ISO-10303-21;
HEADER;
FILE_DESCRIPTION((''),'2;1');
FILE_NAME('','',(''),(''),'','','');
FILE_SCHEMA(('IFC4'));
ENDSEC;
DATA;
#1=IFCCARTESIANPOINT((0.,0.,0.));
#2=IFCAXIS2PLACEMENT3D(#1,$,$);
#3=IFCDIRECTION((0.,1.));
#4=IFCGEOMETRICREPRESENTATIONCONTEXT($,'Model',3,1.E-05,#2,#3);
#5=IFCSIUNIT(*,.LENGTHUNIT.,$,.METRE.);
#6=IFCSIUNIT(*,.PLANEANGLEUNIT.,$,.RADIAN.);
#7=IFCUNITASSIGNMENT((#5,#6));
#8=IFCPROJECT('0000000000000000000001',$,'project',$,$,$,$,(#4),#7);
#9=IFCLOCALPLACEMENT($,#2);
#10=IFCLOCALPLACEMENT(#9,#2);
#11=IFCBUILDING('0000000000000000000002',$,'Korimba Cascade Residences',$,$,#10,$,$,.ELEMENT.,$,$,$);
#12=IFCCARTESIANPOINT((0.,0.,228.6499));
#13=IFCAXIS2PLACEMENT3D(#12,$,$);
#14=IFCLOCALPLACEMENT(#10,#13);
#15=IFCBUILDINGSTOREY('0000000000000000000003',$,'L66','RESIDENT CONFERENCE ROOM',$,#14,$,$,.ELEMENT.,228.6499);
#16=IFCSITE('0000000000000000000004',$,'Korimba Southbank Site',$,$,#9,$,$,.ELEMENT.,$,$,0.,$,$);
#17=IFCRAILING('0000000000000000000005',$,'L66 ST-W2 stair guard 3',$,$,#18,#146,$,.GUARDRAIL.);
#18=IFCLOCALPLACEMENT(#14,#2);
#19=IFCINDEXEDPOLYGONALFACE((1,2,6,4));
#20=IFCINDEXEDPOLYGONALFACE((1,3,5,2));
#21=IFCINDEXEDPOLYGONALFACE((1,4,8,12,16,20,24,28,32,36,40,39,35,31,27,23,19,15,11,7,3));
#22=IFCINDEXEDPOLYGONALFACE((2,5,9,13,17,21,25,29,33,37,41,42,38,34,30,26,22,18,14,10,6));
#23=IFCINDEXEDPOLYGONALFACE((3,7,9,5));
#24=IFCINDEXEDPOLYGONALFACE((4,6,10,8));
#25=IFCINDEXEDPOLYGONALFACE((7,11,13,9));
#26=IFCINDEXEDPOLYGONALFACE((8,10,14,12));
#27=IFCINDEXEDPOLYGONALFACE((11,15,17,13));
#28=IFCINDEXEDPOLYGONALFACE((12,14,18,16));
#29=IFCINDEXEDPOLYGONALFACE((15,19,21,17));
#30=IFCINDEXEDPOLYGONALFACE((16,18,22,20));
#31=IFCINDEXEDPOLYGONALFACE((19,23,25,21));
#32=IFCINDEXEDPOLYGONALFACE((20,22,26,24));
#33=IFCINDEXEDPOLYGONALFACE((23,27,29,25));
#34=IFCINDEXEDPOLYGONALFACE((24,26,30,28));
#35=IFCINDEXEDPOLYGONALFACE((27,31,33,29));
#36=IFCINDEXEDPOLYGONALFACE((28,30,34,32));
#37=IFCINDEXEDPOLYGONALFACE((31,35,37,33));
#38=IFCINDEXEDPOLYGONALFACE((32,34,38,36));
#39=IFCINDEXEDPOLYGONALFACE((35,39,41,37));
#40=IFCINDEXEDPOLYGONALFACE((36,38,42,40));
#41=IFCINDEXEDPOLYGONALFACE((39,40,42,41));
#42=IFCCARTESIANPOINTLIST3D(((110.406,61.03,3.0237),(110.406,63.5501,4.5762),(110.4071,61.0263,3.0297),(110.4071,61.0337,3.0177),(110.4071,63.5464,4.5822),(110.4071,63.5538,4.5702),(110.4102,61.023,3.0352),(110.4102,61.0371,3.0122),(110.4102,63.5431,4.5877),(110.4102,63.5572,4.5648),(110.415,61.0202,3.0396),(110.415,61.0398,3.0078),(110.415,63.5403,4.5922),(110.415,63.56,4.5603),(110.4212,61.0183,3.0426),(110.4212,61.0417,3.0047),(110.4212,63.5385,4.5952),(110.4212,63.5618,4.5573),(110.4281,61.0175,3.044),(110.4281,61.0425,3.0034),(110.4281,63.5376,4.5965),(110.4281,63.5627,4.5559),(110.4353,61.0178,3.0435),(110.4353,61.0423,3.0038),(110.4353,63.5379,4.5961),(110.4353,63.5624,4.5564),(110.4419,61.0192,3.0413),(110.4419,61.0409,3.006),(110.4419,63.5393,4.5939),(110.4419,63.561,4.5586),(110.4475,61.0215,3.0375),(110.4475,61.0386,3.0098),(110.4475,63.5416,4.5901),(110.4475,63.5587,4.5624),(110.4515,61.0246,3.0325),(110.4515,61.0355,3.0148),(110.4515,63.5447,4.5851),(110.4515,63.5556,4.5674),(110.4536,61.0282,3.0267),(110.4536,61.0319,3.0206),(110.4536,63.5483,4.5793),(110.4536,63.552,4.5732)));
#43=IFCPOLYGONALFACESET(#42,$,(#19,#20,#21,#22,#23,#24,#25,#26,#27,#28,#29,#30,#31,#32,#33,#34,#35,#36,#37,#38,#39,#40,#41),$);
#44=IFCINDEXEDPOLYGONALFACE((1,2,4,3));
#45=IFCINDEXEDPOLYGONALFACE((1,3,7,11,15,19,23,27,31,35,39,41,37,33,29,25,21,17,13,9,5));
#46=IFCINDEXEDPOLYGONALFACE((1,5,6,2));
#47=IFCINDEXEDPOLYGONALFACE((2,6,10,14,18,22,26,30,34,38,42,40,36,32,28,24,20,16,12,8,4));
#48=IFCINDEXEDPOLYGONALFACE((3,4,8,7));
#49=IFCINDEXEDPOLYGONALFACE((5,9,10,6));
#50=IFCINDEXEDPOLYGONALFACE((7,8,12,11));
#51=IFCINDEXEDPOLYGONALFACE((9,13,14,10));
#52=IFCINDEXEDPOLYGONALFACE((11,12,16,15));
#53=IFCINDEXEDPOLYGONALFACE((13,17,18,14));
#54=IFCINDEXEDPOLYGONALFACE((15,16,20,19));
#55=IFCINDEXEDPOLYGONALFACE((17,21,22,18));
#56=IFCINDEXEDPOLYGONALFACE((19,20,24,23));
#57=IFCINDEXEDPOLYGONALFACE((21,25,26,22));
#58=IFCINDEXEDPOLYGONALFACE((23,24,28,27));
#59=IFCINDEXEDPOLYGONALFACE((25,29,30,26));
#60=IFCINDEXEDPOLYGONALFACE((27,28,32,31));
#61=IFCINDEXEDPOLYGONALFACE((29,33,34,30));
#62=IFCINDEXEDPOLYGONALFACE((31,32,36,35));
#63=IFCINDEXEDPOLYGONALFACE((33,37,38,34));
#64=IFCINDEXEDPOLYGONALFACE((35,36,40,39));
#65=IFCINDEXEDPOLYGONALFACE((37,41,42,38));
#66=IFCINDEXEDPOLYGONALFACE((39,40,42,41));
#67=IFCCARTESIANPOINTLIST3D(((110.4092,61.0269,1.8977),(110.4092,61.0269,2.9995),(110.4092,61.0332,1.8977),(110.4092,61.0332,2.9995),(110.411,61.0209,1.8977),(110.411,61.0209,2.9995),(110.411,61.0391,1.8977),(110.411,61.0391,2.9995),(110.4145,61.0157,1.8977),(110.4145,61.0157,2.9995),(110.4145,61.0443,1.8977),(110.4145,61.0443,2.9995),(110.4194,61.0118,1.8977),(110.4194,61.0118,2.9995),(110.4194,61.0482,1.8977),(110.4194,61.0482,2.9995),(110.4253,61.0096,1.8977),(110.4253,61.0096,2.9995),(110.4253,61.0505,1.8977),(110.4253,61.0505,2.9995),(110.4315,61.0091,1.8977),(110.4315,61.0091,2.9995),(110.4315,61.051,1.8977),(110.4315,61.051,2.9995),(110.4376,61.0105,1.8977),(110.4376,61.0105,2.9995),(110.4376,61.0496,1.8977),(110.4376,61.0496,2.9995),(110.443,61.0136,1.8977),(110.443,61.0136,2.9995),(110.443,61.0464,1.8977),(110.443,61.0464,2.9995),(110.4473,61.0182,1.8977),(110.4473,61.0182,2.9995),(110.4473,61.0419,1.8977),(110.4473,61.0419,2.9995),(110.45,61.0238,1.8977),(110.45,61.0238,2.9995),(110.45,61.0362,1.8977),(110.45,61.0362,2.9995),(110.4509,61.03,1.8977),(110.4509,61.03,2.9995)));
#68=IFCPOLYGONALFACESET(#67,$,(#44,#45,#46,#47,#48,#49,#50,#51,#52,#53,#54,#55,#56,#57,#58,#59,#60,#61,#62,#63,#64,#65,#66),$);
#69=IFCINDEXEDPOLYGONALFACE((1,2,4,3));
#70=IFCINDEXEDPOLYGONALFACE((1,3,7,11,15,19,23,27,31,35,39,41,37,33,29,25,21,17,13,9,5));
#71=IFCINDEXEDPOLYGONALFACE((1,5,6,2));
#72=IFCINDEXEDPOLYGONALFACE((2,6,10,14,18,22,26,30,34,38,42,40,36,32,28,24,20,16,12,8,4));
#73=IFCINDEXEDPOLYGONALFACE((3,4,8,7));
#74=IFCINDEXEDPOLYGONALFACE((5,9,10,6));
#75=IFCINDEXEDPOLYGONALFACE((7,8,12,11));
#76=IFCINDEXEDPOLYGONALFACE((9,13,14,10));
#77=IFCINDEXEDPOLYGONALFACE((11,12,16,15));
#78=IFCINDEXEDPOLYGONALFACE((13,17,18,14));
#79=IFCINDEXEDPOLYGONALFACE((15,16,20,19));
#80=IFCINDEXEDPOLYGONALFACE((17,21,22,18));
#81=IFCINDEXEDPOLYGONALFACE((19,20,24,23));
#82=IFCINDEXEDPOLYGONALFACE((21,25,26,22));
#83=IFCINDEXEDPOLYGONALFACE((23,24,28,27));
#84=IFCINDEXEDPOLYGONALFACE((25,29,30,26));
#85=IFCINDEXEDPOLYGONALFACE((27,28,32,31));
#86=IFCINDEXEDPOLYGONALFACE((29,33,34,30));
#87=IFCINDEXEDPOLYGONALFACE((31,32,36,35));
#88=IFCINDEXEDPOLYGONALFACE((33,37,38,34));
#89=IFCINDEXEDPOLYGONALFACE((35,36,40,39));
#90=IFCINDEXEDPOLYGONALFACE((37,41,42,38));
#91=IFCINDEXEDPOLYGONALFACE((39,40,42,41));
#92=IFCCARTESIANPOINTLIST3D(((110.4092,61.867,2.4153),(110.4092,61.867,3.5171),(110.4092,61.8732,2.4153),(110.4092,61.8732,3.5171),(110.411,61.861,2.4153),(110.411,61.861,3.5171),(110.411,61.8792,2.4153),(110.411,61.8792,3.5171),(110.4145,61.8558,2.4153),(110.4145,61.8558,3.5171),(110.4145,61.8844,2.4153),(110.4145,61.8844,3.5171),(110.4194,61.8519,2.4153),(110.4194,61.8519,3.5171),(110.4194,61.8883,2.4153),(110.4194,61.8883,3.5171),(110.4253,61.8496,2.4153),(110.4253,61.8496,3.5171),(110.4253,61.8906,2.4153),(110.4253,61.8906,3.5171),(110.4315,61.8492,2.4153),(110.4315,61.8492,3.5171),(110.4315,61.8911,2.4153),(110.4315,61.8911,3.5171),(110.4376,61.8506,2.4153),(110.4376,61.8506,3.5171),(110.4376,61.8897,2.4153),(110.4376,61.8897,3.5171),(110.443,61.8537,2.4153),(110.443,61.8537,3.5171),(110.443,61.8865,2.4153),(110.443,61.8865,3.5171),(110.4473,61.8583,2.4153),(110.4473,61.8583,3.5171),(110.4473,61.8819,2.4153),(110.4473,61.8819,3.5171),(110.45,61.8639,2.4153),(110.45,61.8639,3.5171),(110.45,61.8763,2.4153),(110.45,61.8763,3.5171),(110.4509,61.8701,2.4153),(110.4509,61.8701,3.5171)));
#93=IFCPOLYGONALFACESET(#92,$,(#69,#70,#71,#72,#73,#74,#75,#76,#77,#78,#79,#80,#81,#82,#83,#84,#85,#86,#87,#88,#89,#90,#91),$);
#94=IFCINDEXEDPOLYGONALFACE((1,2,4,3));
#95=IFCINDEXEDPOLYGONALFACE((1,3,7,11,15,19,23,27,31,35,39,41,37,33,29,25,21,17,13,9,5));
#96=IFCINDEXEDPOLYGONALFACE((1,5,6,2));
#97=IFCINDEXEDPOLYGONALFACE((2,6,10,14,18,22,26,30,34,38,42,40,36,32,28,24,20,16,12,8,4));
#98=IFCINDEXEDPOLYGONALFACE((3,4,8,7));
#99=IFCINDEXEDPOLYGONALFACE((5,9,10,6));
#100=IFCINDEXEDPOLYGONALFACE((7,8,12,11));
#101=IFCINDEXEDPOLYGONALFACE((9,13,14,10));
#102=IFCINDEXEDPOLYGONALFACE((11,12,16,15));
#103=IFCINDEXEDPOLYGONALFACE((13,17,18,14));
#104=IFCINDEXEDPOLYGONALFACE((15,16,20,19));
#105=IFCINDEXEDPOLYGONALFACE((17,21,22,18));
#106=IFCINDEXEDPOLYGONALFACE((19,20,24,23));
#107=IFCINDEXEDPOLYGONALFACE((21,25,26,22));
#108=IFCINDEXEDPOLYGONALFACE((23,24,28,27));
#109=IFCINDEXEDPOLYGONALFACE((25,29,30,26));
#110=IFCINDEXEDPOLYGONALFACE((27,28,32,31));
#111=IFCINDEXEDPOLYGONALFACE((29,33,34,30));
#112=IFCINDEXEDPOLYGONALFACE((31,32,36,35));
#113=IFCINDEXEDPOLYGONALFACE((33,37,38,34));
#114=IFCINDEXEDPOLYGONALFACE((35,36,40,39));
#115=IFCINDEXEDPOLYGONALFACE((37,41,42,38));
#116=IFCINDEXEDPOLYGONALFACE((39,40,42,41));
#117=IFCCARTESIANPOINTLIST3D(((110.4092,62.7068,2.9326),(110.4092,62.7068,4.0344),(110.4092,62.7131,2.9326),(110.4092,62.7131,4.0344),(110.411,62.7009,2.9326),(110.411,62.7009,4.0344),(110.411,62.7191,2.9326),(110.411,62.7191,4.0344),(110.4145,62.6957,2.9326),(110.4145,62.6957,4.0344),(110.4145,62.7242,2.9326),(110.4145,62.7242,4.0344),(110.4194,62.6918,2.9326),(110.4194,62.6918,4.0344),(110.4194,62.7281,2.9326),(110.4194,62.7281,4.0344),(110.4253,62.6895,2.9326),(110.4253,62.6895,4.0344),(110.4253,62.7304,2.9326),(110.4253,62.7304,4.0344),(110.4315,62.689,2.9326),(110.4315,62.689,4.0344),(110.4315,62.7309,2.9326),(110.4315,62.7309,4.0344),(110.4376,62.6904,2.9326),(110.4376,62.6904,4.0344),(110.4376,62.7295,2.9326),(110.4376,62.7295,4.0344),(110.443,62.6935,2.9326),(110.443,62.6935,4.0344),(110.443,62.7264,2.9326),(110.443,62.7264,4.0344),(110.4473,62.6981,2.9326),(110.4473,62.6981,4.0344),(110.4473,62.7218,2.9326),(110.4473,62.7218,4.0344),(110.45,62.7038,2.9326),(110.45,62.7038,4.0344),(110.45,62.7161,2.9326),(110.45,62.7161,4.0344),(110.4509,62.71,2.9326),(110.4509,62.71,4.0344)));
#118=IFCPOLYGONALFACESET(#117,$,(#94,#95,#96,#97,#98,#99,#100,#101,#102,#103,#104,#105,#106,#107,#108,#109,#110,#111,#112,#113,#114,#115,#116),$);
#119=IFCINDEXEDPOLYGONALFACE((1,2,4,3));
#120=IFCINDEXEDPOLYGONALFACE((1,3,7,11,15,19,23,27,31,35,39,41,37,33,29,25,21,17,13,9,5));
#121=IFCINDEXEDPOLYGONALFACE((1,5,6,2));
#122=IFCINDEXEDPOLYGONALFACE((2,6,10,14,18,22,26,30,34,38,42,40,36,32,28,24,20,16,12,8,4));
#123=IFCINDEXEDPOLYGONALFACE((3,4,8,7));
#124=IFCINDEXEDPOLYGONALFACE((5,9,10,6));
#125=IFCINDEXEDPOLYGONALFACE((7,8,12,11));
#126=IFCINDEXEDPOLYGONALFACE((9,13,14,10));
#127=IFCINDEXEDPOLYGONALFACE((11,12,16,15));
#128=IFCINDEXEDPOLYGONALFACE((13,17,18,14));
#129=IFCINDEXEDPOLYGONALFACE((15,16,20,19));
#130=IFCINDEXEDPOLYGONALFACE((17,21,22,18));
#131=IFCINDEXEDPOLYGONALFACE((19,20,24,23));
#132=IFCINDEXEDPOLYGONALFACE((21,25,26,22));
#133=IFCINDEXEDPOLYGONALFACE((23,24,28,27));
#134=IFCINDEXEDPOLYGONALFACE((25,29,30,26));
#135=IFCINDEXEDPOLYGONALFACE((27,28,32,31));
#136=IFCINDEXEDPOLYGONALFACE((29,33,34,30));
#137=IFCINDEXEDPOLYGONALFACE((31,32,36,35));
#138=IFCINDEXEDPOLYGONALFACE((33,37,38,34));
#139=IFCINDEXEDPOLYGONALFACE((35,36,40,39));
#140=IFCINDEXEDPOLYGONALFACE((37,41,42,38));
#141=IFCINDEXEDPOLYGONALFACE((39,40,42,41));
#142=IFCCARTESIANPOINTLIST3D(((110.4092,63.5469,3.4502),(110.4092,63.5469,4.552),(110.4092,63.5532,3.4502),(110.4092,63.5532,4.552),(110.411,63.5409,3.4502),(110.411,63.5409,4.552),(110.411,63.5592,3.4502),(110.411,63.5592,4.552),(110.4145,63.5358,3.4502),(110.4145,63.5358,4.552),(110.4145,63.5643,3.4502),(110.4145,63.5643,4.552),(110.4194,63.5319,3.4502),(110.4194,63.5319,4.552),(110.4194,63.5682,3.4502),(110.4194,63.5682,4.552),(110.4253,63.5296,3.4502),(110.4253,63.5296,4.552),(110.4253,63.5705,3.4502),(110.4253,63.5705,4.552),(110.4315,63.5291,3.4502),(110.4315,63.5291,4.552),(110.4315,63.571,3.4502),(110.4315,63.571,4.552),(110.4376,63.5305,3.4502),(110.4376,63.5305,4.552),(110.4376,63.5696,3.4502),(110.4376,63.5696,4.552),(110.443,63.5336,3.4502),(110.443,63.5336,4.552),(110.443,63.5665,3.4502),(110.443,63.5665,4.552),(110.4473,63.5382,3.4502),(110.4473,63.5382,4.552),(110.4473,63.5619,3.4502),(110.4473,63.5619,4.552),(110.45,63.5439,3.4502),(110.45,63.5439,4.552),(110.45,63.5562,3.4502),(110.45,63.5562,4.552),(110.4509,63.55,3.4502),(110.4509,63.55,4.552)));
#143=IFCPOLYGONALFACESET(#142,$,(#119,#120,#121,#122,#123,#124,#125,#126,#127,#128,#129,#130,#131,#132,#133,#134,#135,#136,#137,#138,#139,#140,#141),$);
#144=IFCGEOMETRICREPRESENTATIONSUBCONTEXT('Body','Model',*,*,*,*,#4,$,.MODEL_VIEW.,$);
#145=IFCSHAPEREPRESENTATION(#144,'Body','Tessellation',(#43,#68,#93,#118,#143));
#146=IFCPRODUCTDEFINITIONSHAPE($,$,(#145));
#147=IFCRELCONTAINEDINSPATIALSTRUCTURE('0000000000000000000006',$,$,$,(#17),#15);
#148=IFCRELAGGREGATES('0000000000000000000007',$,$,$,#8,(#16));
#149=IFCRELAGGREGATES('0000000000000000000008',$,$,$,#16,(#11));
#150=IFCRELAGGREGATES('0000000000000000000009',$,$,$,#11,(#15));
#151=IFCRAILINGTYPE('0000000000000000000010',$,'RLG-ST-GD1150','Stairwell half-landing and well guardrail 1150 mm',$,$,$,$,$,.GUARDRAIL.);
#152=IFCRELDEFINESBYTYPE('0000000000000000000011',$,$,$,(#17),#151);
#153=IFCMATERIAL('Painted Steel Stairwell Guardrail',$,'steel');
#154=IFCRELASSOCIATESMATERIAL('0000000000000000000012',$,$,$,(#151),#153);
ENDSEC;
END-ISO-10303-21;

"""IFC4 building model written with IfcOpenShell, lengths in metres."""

from ifc_helpers import new_model, si_unit, direction, frame, origin, origin_2d, place, context, subcontext, project, spatial, circle, extrude, material, type_object, element, save


model = new_model("IFC4")

# Units and contexts
model_context = context("Model", 3, precision=1e-05, world=origin(), true_north=direction((0.0, 1.0)))
body_context = subcontext(model_context, "Body", "Model", "MODEL_VIEW")
ifc_project = project(units=[si_unit("LENGTHUNIT", "METRE"), si_unit("PLANEANGLEUNIT", "RADIAN")], contexts=[model_context])

# Site, building, storey
site_placement = place(None, origin())
site = spatial("IfcSite", under=ifc_project, at=site_placement, Name="Korimba Southbank Site", CompositionType="ELEMENT", RefElevation=0.0)
building_placement = place(site_placement, origin())
building = spatial("IfcBuilding", under=site, at=building_placement, Name="Korimba Cascade Residences", CompositionType="ELEMENT")
storey_placement = place(building_placement, frame((0.0, 0.0, 228.6499)))
storey = spatial("IfcBuildingStorey", under=building, at=storey_placement, Name="L66", Description="RESIDENT CONFERENCE ROOM", CompositionType="ELEMENT", Elevation=228.6499)

# Railing
ifc_material_1 = material(Name="Painted Steel Stairwell Guardrail", Category="steel")
railing_type_1 = type_object("IfcRailingType", Name="RLG-ST-GD1150", Description="Stairwell half-landing and well guardrail 1150 mm", PredefinedType="GUARDRAIL", material=ifc_material_1)
railing_1_placement = place(storey_placement, frame((110.4299, 61.03, 1.8977)))
element("IfcRailing", 1, at=railing_1_placement, inside=storey, type_object=railing_type_1, Name="L66 ST-W2 stair guard 3", PredefinedType="GUARDRAIL", context=body_context, shape_type="SweptSolid", body=[
    extrude(circle(Radius=0.0239, at=origin_2d()), frame((0.0, 0.0, 1.126), z_axis=(0.0, 0.8514, 0.524516), x_axis=(-1.0, 0.0, 0.0)), (0.0, 0.0, 1.0), 2.96),
    extrude(circle(Radius=0.021, at=origin_2d()), origin(), (0.0, 0.0, 1.0), 1.1018),
    extrude(circle(Radius=0.021, at=origin_2d()), frame((0.0, 0.8401, 0.5176)), (0.0, 0.0, 1.0), 1.1018),
    extrude(circle(Radius=0.021, at=origin_2d()), frame((0.0, 1.6799, 1.0349)), (0.0, 0.0, 1.0), 1.1018),
    extrude(circle(Radius=0.021, at=origin_2d()), frame((0.0, 2.52, 1.5525)), (0.0, 0.0, 1.0), 1.1018),
])

save(model, "model.ifc")
